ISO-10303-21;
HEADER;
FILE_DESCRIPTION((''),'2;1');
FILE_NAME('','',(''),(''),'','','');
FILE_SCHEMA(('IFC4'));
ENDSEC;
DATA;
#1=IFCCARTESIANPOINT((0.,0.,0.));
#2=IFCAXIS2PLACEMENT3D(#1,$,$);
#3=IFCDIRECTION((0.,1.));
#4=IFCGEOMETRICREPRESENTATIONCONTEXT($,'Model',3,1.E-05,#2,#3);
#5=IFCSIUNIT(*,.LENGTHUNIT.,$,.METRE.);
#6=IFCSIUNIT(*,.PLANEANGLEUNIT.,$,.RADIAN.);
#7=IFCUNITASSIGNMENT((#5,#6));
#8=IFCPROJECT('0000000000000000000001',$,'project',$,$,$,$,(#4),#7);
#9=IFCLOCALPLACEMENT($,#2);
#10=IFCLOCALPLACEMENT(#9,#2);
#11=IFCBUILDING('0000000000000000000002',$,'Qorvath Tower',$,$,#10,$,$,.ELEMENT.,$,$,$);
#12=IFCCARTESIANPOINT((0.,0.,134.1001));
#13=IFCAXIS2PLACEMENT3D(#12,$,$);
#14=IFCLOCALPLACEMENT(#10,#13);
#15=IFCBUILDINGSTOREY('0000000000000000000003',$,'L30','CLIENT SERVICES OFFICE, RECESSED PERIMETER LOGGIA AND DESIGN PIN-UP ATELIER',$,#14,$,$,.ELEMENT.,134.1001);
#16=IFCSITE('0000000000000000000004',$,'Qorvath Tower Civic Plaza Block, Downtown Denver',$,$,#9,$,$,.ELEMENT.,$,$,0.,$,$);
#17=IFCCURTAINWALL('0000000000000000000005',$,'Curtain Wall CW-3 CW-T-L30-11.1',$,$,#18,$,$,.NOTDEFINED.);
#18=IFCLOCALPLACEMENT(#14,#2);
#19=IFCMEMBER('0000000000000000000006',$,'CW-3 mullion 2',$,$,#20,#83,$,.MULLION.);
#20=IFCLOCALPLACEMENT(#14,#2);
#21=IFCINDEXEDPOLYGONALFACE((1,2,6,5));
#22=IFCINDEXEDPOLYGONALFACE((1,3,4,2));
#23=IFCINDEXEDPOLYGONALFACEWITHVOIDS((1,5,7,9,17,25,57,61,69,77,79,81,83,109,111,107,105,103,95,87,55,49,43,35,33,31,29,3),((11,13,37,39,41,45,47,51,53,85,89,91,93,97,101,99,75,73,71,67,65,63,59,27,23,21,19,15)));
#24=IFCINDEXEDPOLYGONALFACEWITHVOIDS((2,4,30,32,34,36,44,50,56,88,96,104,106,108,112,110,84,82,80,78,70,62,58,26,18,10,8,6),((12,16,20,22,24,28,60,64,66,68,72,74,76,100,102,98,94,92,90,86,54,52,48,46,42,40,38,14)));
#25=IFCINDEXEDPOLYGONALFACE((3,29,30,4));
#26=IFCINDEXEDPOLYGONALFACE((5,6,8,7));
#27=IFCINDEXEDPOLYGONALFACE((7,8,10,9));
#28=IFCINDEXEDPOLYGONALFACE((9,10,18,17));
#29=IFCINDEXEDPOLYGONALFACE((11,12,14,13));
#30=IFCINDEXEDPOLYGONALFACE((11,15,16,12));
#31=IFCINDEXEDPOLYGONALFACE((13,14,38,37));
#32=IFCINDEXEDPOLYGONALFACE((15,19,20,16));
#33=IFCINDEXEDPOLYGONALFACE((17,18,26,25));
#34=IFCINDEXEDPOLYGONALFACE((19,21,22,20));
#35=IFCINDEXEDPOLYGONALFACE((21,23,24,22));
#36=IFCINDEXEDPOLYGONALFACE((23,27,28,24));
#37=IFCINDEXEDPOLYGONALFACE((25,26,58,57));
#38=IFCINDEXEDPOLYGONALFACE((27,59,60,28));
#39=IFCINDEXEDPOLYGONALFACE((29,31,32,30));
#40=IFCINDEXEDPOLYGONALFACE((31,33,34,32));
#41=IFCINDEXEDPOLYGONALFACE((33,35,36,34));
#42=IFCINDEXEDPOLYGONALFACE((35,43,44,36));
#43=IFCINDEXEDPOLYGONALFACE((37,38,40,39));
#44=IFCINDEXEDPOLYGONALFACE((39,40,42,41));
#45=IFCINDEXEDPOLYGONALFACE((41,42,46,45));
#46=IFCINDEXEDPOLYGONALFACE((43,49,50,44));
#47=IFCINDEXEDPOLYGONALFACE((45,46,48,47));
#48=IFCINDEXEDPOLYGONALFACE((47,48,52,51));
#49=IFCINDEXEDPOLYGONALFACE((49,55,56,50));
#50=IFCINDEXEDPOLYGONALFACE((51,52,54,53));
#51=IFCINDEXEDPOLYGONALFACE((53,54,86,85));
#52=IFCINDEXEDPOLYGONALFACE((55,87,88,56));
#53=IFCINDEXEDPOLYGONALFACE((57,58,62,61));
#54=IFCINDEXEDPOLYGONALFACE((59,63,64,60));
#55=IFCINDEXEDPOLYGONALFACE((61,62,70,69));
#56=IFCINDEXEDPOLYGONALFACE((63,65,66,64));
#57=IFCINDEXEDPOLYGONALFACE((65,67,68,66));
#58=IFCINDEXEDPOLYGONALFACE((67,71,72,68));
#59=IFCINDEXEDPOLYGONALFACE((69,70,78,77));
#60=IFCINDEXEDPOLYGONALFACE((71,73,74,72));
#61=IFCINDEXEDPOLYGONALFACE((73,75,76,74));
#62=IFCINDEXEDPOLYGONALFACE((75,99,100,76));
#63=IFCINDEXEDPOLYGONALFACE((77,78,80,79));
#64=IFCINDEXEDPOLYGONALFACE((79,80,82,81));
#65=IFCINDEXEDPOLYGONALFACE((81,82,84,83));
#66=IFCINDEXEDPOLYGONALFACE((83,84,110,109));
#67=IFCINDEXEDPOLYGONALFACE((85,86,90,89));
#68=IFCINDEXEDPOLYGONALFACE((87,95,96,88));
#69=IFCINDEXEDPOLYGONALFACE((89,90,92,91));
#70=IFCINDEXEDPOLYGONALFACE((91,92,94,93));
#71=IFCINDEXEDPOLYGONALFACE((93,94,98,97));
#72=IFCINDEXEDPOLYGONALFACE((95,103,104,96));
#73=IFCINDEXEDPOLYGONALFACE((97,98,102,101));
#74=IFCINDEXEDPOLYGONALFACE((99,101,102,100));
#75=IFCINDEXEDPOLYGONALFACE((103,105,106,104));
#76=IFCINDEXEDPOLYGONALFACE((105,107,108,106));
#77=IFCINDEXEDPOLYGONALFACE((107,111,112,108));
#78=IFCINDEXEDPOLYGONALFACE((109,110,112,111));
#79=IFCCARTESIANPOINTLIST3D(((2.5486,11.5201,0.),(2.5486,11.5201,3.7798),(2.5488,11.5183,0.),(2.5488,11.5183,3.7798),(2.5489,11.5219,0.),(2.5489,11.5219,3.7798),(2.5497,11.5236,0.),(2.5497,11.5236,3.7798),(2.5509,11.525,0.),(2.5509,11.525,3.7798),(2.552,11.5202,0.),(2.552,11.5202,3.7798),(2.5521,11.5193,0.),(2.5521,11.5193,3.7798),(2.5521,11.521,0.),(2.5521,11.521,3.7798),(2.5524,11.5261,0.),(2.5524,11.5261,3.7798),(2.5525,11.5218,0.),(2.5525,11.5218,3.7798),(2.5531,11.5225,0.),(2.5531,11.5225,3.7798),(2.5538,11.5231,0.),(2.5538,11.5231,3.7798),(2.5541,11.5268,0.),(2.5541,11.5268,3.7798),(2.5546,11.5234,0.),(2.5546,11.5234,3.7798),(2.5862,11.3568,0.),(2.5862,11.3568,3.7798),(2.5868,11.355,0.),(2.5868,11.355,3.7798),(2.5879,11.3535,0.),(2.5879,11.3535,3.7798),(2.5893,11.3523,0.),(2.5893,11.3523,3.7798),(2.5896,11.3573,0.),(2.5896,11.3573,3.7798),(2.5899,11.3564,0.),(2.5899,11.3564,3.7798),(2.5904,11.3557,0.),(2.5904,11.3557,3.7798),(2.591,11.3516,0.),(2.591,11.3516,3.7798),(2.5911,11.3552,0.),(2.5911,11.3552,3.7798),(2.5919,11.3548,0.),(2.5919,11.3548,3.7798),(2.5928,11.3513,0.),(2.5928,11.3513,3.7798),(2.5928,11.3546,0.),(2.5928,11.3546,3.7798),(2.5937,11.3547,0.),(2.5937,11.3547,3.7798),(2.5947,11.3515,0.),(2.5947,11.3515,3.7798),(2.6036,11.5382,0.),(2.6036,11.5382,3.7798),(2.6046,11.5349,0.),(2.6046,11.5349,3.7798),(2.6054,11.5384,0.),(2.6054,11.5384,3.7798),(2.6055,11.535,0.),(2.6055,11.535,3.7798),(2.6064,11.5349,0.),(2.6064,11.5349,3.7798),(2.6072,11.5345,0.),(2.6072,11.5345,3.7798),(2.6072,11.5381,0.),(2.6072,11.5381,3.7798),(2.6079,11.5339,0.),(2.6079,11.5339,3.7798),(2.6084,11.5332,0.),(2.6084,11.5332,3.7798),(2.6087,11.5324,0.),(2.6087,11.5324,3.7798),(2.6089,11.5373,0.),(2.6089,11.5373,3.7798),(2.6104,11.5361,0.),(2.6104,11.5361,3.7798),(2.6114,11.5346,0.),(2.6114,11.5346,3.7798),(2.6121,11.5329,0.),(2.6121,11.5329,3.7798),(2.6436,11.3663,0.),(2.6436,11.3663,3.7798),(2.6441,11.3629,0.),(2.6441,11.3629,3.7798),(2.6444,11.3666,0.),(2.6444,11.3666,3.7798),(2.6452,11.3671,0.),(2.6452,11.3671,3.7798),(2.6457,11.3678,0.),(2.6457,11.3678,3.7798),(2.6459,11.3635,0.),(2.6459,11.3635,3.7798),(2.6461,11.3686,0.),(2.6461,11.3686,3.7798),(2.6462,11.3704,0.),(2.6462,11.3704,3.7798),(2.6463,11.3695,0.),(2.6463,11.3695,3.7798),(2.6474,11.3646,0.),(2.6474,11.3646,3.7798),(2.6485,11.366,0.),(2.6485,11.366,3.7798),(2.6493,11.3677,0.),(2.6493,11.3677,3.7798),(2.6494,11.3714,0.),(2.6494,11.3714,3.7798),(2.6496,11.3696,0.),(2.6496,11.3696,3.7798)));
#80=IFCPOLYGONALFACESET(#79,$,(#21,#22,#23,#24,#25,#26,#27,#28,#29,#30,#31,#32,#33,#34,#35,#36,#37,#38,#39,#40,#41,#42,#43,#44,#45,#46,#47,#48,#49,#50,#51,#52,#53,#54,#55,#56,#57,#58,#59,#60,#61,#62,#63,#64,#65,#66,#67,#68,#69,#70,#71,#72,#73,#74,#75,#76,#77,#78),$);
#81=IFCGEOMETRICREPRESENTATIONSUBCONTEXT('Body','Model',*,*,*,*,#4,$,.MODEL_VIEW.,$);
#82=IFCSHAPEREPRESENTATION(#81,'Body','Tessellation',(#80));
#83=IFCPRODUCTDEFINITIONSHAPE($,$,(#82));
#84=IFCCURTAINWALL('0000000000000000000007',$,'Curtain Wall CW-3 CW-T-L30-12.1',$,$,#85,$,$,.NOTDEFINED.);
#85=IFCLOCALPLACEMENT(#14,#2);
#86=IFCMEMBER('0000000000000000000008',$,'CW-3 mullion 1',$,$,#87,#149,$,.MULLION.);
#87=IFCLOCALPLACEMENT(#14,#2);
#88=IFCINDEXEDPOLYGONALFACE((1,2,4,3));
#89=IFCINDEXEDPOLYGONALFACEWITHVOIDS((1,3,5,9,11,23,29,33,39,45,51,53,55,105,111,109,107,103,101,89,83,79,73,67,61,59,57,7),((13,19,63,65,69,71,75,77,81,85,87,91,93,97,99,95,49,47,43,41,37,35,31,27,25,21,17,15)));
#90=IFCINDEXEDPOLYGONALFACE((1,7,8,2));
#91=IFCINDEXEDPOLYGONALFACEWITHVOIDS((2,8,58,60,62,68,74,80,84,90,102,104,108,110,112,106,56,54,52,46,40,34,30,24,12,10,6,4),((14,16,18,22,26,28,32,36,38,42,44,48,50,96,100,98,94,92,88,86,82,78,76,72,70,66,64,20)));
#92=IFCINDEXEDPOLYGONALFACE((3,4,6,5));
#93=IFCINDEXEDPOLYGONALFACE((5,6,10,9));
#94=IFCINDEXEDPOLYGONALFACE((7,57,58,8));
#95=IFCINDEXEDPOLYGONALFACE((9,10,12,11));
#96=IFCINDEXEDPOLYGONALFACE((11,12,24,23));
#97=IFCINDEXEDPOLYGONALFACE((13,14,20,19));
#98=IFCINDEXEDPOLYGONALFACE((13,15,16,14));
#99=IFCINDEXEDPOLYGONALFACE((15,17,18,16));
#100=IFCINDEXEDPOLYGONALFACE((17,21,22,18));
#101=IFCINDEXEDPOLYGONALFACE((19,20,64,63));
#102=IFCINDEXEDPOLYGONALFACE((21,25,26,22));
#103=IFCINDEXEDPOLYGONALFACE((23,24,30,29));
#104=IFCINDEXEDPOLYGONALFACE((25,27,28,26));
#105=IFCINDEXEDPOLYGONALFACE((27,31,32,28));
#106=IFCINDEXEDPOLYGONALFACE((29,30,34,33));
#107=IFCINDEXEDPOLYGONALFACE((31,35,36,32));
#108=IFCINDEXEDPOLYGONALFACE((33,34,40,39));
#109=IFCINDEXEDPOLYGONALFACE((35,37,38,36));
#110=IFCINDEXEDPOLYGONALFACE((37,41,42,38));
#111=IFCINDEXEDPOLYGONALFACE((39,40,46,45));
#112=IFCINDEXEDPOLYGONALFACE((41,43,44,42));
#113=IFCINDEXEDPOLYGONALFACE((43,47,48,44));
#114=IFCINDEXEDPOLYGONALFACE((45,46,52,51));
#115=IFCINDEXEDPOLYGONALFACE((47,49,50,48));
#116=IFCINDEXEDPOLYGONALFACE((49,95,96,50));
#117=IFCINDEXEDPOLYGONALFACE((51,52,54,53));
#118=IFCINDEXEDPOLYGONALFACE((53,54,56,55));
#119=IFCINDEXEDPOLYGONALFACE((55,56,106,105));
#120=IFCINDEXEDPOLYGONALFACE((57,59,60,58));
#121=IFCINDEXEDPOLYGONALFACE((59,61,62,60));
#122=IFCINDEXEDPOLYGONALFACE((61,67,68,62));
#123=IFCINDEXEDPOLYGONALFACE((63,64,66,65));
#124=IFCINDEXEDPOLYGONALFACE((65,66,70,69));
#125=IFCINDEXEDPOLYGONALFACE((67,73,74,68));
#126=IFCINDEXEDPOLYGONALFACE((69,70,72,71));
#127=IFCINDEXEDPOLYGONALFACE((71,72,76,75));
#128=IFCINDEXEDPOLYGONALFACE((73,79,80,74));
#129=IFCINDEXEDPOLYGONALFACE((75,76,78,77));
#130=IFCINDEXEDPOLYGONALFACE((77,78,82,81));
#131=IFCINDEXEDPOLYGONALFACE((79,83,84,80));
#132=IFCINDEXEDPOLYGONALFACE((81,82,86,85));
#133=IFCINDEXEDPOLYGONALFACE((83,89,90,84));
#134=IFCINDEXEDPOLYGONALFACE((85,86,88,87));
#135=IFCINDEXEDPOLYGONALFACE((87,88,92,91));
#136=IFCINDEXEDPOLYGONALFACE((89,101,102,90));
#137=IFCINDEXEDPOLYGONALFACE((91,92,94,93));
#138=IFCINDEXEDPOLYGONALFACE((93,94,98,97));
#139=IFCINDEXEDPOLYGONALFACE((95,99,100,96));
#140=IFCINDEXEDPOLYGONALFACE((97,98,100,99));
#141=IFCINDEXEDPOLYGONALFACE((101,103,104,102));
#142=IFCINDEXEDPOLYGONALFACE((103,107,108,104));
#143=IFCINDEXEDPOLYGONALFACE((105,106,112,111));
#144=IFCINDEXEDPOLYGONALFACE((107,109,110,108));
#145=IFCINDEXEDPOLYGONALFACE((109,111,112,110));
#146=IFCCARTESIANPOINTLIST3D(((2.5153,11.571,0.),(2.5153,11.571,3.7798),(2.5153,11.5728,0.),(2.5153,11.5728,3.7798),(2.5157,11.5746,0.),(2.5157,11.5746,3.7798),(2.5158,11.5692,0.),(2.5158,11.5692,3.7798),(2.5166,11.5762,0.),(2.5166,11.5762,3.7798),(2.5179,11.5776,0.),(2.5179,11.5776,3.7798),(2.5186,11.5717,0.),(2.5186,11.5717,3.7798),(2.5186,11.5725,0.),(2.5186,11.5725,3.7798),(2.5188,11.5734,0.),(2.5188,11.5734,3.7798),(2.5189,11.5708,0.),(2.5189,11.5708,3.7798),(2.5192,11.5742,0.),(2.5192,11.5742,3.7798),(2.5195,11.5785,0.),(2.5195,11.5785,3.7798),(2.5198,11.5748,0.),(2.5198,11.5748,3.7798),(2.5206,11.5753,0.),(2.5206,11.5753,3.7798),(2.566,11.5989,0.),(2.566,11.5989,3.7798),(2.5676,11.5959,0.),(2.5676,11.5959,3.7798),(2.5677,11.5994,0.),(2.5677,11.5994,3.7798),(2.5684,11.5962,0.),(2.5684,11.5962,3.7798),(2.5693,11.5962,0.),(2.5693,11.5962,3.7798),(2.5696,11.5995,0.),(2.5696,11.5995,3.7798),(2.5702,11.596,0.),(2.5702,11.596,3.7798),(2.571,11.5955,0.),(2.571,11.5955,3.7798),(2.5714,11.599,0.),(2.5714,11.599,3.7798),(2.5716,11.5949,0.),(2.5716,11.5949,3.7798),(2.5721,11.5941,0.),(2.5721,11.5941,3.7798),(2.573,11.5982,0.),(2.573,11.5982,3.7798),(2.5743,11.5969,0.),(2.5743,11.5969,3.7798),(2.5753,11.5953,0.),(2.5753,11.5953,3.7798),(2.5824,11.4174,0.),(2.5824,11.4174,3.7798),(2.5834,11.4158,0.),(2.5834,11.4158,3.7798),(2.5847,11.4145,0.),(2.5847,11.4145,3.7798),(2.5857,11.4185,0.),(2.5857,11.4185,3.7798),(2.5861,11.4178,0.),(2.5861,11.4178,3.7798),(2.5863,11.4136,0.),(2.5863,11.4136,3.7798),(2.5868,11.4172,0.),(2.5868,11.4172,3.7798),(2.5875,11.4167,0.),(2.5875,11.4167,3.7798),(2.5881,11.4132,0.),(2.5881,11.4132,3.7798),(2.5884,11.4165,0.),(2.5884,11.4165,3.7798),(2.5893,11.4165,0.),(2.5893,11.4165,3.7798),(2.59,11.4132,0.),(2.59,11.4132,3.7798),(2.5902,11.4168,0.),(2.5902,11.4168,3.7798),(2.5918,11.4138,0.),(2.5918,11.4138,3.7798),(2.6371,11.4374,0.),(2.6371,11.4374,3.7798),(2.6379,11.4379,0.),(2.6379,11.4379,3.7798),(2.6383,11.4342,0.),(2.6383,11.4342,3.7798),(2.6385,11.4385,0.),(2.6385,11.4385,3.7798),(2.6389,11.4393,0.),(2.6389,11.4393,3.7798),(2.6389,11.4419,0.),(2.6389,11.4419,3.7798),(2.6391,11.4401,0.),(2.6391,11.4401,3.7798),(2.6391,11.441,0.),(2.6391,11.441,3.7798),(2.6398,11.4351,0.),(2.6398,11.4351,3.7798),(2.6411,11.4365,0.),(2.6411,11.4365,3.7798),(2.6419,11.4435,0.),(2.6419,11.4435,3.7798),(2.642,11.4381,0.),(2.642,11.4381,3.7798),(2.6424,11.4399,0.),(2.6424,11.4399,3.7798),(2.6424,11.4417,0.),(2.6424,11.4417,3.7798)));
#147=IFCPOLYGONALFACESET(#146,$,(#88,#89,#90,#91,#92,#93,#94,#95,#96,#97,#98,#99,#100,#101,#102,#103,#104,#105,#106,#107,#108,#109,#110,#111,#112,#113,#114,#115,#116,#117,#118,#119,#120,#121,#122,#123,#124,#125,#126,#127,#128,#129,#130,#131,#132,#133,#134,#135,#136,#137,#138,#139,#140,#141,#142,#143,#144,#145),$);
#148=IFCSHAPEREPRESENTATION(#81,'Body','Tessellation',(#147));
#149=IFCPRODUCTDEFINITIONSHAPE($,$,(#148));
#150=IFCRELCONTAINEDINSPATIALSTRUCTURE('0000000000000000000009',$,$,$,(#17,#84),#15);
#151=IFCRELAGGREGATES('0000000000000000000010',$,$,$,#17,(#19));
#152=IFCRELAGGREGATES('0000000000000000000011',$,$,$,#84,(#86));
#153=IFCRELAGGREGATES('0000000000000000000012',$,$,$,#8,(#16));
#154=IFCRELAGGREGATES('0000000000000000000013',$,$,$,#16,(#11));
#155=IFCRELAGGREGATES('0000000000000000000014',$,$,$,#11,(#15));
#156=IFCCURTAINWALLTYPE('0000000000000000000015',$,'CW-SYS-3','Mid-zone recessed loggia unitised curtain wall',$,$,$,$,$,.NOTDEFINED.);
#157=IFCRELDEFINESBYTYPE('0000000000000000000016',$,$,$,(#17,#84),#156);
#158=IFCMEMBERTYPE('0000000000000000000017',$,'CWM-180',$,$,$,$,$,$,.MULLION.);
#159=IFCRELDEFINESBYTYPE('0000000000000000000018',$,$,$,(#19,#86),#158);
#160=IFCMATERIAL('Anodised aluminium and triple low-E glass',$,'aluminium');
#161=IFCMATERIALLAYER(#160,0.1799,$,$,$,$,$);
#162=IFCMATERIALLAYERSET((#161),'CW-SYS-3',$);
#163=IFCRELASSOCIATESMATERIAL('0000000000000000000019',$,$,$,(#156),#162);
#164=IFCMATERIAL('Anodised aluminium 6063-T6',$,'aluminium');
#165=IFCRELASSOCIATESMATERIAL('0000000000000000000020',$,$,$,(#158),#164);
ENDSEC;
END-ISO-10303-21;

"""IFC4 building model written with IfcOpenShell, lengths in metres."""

from ifc_helpers import new_model, si_unit, direction, frame, origin, origin_2d, place, context, subcontext, project, spatial, hollow_rectangle, extrude, material, layer, layer_set, material_profile, profile_set, type_object, element, aggregate, save


model = new_model("IFC4")

# Units and contexts
model_context = context("Model", 3, precision=1e-05, world=origin(), true_north=direction((0.0, 1.0)))
body_context = subcontext(model_context, "Body", "Model", "MODEL_VIEW")
ifc_project = project(units=[si_unit("LENGTHUNIT", "METRE"), si_unit("PLANEANGLEUNIT", "RADIAN")], contexts=[model_context])

# Site, building, storey
site_placement = place(None, origin())
site = spatial("IfcSite", under=ifc_project, at=site_placement, Name="Qorvath Tower Civic Plaza Block, Downtown Denver", CompositionType="ELEMENT", RefElevation=0.0)
building_placement = place(site_placement, origin())
building = spatial("IfcBuilding", under=site, at=building_placement, Name="Qorvath Tower", CompositionType="ELEMENT")
storey_placement = place(building_placement, frame((0.0, 0.0, 134.1001)))
storey = spatial("IfcBuildingStorey", under=building, at=storey_placement, Name="L30", Description="CLIENT SERVICES OFFICE, RECESSED PERIMETER LOGGIA AND DESIGN PIN-UP ATELIER", CompositionType="ELEMENT", Elevation=134.1001)

# Curtain wall, member
ifc_material_1 = material(Name="Anodised aluminium and triple low-E glass", Category="aluminium")
ifc_layer_1 = layer(ifc_material_1, 0.1799)
ifc_layer_set_1 = layer_set([ifc_layer_1], Name="CW-SYS-3")
curtain_wall_type = type_object("IfcCurtainWallType", Name="CW-SYS-3", Description="Mid-zone recessed loggia unitised curtain wall", PredefinedType="NOTDEFINED", material=ifc_layer_set_1)
curtain_wall_1_placement = place(storey_placement, origin())
curtain_wall_1 = element("IfcCurtainWall", 1, at=curtain_wall_1_placement, inside=storey, type_object=curtain_wall_type, Name="Curtain Wall CW-3 CW-T-L30-11.1", PredefinedType="NOTDEFINED")
ifc_material_2 = material(Name="Anodised aluminium 6063-T6", Category="aluminium")
ifc_material_profile_1 = material_profile(ifc_material_2, hollow_rectangle(XDim=0.0649, YDim=0.1799, WallThickness=0.0034, InnerFilletRadius=0.0034, OuterFilletRadius=0.0071, at=origin_2d()), Name="CWM 180x65")
ifc_profile_set_1 = profile_set([ifc_material_profile_1], Name="Anodised aluminium 6063-T6")
member_type_1 = type_object("IfcMemberType", Name="CWM-180", PredefinedType="MULLION", material=ifc_profile_set_1)
member_1_placement = place(storey_placement, frame((2.5991, 11.4448, 0.0), z_axis=(0.0, 0.0, 1.0), x_axis=(-0.974262, -0.225417, 0.0)))
member_1 = element("IfcMember", 2, at=member_1_placement, type_object=member_type_1, Name="CW-3 mullion 2", PredefinedType="MULLION", context=body_context, shape_type="SweptSolid", body=[
    extrude(hollow_rectangle(XDim=0.0649, YDim=0.1799, WallThickness=0.0034, InnerFilletRadius=0.0034, OuterFilletRadius=0.0071, at=origin_2d()), origin(), (0.0, 0.0, 1.0), 3.7798),
])

# Curtain wall, member
curtain_wall_2_placement = place(storey_placement, origin())
curtain_wall_2 = element("IfcCurtainWall", 3, at=curtain_wall_2_placement, inside=storey, type_object=curtain_wall_type, Name="Curtain Wall CW-3 CW-T-L30-12.1", PredefinedType="NOTDEFINED")
member_2_placement = place(storey_placement, frame((2.5789, 11.5063, 0.0), z_axis=(0.0, 0.0, 1.0), x_axis=(-0.915735, -0.401782, 0.0)))
member_2 = element("IfcMember", 4, at=member_2_placement, type_object=member_type_1, Name="CW-3 mullion 1", PredefinedType="MULLION", context=body_context, shape_type="SweptSolid", body=[
    extrude(hollow_rectangle(XDim=0.0649, YDim=0.1799, WallThickness=0.0034, InnerFilletRadius=0.0034, OuterFilletRadius=0.0071, at=origin_2d()), origin(), (0.0, 0.0, 1.0), 3.7798),
])

aggregate(curtain_wall_1, [member_1])
aggregate(curtain_wall_2, [member_2])

save(model, "model.ifc")
